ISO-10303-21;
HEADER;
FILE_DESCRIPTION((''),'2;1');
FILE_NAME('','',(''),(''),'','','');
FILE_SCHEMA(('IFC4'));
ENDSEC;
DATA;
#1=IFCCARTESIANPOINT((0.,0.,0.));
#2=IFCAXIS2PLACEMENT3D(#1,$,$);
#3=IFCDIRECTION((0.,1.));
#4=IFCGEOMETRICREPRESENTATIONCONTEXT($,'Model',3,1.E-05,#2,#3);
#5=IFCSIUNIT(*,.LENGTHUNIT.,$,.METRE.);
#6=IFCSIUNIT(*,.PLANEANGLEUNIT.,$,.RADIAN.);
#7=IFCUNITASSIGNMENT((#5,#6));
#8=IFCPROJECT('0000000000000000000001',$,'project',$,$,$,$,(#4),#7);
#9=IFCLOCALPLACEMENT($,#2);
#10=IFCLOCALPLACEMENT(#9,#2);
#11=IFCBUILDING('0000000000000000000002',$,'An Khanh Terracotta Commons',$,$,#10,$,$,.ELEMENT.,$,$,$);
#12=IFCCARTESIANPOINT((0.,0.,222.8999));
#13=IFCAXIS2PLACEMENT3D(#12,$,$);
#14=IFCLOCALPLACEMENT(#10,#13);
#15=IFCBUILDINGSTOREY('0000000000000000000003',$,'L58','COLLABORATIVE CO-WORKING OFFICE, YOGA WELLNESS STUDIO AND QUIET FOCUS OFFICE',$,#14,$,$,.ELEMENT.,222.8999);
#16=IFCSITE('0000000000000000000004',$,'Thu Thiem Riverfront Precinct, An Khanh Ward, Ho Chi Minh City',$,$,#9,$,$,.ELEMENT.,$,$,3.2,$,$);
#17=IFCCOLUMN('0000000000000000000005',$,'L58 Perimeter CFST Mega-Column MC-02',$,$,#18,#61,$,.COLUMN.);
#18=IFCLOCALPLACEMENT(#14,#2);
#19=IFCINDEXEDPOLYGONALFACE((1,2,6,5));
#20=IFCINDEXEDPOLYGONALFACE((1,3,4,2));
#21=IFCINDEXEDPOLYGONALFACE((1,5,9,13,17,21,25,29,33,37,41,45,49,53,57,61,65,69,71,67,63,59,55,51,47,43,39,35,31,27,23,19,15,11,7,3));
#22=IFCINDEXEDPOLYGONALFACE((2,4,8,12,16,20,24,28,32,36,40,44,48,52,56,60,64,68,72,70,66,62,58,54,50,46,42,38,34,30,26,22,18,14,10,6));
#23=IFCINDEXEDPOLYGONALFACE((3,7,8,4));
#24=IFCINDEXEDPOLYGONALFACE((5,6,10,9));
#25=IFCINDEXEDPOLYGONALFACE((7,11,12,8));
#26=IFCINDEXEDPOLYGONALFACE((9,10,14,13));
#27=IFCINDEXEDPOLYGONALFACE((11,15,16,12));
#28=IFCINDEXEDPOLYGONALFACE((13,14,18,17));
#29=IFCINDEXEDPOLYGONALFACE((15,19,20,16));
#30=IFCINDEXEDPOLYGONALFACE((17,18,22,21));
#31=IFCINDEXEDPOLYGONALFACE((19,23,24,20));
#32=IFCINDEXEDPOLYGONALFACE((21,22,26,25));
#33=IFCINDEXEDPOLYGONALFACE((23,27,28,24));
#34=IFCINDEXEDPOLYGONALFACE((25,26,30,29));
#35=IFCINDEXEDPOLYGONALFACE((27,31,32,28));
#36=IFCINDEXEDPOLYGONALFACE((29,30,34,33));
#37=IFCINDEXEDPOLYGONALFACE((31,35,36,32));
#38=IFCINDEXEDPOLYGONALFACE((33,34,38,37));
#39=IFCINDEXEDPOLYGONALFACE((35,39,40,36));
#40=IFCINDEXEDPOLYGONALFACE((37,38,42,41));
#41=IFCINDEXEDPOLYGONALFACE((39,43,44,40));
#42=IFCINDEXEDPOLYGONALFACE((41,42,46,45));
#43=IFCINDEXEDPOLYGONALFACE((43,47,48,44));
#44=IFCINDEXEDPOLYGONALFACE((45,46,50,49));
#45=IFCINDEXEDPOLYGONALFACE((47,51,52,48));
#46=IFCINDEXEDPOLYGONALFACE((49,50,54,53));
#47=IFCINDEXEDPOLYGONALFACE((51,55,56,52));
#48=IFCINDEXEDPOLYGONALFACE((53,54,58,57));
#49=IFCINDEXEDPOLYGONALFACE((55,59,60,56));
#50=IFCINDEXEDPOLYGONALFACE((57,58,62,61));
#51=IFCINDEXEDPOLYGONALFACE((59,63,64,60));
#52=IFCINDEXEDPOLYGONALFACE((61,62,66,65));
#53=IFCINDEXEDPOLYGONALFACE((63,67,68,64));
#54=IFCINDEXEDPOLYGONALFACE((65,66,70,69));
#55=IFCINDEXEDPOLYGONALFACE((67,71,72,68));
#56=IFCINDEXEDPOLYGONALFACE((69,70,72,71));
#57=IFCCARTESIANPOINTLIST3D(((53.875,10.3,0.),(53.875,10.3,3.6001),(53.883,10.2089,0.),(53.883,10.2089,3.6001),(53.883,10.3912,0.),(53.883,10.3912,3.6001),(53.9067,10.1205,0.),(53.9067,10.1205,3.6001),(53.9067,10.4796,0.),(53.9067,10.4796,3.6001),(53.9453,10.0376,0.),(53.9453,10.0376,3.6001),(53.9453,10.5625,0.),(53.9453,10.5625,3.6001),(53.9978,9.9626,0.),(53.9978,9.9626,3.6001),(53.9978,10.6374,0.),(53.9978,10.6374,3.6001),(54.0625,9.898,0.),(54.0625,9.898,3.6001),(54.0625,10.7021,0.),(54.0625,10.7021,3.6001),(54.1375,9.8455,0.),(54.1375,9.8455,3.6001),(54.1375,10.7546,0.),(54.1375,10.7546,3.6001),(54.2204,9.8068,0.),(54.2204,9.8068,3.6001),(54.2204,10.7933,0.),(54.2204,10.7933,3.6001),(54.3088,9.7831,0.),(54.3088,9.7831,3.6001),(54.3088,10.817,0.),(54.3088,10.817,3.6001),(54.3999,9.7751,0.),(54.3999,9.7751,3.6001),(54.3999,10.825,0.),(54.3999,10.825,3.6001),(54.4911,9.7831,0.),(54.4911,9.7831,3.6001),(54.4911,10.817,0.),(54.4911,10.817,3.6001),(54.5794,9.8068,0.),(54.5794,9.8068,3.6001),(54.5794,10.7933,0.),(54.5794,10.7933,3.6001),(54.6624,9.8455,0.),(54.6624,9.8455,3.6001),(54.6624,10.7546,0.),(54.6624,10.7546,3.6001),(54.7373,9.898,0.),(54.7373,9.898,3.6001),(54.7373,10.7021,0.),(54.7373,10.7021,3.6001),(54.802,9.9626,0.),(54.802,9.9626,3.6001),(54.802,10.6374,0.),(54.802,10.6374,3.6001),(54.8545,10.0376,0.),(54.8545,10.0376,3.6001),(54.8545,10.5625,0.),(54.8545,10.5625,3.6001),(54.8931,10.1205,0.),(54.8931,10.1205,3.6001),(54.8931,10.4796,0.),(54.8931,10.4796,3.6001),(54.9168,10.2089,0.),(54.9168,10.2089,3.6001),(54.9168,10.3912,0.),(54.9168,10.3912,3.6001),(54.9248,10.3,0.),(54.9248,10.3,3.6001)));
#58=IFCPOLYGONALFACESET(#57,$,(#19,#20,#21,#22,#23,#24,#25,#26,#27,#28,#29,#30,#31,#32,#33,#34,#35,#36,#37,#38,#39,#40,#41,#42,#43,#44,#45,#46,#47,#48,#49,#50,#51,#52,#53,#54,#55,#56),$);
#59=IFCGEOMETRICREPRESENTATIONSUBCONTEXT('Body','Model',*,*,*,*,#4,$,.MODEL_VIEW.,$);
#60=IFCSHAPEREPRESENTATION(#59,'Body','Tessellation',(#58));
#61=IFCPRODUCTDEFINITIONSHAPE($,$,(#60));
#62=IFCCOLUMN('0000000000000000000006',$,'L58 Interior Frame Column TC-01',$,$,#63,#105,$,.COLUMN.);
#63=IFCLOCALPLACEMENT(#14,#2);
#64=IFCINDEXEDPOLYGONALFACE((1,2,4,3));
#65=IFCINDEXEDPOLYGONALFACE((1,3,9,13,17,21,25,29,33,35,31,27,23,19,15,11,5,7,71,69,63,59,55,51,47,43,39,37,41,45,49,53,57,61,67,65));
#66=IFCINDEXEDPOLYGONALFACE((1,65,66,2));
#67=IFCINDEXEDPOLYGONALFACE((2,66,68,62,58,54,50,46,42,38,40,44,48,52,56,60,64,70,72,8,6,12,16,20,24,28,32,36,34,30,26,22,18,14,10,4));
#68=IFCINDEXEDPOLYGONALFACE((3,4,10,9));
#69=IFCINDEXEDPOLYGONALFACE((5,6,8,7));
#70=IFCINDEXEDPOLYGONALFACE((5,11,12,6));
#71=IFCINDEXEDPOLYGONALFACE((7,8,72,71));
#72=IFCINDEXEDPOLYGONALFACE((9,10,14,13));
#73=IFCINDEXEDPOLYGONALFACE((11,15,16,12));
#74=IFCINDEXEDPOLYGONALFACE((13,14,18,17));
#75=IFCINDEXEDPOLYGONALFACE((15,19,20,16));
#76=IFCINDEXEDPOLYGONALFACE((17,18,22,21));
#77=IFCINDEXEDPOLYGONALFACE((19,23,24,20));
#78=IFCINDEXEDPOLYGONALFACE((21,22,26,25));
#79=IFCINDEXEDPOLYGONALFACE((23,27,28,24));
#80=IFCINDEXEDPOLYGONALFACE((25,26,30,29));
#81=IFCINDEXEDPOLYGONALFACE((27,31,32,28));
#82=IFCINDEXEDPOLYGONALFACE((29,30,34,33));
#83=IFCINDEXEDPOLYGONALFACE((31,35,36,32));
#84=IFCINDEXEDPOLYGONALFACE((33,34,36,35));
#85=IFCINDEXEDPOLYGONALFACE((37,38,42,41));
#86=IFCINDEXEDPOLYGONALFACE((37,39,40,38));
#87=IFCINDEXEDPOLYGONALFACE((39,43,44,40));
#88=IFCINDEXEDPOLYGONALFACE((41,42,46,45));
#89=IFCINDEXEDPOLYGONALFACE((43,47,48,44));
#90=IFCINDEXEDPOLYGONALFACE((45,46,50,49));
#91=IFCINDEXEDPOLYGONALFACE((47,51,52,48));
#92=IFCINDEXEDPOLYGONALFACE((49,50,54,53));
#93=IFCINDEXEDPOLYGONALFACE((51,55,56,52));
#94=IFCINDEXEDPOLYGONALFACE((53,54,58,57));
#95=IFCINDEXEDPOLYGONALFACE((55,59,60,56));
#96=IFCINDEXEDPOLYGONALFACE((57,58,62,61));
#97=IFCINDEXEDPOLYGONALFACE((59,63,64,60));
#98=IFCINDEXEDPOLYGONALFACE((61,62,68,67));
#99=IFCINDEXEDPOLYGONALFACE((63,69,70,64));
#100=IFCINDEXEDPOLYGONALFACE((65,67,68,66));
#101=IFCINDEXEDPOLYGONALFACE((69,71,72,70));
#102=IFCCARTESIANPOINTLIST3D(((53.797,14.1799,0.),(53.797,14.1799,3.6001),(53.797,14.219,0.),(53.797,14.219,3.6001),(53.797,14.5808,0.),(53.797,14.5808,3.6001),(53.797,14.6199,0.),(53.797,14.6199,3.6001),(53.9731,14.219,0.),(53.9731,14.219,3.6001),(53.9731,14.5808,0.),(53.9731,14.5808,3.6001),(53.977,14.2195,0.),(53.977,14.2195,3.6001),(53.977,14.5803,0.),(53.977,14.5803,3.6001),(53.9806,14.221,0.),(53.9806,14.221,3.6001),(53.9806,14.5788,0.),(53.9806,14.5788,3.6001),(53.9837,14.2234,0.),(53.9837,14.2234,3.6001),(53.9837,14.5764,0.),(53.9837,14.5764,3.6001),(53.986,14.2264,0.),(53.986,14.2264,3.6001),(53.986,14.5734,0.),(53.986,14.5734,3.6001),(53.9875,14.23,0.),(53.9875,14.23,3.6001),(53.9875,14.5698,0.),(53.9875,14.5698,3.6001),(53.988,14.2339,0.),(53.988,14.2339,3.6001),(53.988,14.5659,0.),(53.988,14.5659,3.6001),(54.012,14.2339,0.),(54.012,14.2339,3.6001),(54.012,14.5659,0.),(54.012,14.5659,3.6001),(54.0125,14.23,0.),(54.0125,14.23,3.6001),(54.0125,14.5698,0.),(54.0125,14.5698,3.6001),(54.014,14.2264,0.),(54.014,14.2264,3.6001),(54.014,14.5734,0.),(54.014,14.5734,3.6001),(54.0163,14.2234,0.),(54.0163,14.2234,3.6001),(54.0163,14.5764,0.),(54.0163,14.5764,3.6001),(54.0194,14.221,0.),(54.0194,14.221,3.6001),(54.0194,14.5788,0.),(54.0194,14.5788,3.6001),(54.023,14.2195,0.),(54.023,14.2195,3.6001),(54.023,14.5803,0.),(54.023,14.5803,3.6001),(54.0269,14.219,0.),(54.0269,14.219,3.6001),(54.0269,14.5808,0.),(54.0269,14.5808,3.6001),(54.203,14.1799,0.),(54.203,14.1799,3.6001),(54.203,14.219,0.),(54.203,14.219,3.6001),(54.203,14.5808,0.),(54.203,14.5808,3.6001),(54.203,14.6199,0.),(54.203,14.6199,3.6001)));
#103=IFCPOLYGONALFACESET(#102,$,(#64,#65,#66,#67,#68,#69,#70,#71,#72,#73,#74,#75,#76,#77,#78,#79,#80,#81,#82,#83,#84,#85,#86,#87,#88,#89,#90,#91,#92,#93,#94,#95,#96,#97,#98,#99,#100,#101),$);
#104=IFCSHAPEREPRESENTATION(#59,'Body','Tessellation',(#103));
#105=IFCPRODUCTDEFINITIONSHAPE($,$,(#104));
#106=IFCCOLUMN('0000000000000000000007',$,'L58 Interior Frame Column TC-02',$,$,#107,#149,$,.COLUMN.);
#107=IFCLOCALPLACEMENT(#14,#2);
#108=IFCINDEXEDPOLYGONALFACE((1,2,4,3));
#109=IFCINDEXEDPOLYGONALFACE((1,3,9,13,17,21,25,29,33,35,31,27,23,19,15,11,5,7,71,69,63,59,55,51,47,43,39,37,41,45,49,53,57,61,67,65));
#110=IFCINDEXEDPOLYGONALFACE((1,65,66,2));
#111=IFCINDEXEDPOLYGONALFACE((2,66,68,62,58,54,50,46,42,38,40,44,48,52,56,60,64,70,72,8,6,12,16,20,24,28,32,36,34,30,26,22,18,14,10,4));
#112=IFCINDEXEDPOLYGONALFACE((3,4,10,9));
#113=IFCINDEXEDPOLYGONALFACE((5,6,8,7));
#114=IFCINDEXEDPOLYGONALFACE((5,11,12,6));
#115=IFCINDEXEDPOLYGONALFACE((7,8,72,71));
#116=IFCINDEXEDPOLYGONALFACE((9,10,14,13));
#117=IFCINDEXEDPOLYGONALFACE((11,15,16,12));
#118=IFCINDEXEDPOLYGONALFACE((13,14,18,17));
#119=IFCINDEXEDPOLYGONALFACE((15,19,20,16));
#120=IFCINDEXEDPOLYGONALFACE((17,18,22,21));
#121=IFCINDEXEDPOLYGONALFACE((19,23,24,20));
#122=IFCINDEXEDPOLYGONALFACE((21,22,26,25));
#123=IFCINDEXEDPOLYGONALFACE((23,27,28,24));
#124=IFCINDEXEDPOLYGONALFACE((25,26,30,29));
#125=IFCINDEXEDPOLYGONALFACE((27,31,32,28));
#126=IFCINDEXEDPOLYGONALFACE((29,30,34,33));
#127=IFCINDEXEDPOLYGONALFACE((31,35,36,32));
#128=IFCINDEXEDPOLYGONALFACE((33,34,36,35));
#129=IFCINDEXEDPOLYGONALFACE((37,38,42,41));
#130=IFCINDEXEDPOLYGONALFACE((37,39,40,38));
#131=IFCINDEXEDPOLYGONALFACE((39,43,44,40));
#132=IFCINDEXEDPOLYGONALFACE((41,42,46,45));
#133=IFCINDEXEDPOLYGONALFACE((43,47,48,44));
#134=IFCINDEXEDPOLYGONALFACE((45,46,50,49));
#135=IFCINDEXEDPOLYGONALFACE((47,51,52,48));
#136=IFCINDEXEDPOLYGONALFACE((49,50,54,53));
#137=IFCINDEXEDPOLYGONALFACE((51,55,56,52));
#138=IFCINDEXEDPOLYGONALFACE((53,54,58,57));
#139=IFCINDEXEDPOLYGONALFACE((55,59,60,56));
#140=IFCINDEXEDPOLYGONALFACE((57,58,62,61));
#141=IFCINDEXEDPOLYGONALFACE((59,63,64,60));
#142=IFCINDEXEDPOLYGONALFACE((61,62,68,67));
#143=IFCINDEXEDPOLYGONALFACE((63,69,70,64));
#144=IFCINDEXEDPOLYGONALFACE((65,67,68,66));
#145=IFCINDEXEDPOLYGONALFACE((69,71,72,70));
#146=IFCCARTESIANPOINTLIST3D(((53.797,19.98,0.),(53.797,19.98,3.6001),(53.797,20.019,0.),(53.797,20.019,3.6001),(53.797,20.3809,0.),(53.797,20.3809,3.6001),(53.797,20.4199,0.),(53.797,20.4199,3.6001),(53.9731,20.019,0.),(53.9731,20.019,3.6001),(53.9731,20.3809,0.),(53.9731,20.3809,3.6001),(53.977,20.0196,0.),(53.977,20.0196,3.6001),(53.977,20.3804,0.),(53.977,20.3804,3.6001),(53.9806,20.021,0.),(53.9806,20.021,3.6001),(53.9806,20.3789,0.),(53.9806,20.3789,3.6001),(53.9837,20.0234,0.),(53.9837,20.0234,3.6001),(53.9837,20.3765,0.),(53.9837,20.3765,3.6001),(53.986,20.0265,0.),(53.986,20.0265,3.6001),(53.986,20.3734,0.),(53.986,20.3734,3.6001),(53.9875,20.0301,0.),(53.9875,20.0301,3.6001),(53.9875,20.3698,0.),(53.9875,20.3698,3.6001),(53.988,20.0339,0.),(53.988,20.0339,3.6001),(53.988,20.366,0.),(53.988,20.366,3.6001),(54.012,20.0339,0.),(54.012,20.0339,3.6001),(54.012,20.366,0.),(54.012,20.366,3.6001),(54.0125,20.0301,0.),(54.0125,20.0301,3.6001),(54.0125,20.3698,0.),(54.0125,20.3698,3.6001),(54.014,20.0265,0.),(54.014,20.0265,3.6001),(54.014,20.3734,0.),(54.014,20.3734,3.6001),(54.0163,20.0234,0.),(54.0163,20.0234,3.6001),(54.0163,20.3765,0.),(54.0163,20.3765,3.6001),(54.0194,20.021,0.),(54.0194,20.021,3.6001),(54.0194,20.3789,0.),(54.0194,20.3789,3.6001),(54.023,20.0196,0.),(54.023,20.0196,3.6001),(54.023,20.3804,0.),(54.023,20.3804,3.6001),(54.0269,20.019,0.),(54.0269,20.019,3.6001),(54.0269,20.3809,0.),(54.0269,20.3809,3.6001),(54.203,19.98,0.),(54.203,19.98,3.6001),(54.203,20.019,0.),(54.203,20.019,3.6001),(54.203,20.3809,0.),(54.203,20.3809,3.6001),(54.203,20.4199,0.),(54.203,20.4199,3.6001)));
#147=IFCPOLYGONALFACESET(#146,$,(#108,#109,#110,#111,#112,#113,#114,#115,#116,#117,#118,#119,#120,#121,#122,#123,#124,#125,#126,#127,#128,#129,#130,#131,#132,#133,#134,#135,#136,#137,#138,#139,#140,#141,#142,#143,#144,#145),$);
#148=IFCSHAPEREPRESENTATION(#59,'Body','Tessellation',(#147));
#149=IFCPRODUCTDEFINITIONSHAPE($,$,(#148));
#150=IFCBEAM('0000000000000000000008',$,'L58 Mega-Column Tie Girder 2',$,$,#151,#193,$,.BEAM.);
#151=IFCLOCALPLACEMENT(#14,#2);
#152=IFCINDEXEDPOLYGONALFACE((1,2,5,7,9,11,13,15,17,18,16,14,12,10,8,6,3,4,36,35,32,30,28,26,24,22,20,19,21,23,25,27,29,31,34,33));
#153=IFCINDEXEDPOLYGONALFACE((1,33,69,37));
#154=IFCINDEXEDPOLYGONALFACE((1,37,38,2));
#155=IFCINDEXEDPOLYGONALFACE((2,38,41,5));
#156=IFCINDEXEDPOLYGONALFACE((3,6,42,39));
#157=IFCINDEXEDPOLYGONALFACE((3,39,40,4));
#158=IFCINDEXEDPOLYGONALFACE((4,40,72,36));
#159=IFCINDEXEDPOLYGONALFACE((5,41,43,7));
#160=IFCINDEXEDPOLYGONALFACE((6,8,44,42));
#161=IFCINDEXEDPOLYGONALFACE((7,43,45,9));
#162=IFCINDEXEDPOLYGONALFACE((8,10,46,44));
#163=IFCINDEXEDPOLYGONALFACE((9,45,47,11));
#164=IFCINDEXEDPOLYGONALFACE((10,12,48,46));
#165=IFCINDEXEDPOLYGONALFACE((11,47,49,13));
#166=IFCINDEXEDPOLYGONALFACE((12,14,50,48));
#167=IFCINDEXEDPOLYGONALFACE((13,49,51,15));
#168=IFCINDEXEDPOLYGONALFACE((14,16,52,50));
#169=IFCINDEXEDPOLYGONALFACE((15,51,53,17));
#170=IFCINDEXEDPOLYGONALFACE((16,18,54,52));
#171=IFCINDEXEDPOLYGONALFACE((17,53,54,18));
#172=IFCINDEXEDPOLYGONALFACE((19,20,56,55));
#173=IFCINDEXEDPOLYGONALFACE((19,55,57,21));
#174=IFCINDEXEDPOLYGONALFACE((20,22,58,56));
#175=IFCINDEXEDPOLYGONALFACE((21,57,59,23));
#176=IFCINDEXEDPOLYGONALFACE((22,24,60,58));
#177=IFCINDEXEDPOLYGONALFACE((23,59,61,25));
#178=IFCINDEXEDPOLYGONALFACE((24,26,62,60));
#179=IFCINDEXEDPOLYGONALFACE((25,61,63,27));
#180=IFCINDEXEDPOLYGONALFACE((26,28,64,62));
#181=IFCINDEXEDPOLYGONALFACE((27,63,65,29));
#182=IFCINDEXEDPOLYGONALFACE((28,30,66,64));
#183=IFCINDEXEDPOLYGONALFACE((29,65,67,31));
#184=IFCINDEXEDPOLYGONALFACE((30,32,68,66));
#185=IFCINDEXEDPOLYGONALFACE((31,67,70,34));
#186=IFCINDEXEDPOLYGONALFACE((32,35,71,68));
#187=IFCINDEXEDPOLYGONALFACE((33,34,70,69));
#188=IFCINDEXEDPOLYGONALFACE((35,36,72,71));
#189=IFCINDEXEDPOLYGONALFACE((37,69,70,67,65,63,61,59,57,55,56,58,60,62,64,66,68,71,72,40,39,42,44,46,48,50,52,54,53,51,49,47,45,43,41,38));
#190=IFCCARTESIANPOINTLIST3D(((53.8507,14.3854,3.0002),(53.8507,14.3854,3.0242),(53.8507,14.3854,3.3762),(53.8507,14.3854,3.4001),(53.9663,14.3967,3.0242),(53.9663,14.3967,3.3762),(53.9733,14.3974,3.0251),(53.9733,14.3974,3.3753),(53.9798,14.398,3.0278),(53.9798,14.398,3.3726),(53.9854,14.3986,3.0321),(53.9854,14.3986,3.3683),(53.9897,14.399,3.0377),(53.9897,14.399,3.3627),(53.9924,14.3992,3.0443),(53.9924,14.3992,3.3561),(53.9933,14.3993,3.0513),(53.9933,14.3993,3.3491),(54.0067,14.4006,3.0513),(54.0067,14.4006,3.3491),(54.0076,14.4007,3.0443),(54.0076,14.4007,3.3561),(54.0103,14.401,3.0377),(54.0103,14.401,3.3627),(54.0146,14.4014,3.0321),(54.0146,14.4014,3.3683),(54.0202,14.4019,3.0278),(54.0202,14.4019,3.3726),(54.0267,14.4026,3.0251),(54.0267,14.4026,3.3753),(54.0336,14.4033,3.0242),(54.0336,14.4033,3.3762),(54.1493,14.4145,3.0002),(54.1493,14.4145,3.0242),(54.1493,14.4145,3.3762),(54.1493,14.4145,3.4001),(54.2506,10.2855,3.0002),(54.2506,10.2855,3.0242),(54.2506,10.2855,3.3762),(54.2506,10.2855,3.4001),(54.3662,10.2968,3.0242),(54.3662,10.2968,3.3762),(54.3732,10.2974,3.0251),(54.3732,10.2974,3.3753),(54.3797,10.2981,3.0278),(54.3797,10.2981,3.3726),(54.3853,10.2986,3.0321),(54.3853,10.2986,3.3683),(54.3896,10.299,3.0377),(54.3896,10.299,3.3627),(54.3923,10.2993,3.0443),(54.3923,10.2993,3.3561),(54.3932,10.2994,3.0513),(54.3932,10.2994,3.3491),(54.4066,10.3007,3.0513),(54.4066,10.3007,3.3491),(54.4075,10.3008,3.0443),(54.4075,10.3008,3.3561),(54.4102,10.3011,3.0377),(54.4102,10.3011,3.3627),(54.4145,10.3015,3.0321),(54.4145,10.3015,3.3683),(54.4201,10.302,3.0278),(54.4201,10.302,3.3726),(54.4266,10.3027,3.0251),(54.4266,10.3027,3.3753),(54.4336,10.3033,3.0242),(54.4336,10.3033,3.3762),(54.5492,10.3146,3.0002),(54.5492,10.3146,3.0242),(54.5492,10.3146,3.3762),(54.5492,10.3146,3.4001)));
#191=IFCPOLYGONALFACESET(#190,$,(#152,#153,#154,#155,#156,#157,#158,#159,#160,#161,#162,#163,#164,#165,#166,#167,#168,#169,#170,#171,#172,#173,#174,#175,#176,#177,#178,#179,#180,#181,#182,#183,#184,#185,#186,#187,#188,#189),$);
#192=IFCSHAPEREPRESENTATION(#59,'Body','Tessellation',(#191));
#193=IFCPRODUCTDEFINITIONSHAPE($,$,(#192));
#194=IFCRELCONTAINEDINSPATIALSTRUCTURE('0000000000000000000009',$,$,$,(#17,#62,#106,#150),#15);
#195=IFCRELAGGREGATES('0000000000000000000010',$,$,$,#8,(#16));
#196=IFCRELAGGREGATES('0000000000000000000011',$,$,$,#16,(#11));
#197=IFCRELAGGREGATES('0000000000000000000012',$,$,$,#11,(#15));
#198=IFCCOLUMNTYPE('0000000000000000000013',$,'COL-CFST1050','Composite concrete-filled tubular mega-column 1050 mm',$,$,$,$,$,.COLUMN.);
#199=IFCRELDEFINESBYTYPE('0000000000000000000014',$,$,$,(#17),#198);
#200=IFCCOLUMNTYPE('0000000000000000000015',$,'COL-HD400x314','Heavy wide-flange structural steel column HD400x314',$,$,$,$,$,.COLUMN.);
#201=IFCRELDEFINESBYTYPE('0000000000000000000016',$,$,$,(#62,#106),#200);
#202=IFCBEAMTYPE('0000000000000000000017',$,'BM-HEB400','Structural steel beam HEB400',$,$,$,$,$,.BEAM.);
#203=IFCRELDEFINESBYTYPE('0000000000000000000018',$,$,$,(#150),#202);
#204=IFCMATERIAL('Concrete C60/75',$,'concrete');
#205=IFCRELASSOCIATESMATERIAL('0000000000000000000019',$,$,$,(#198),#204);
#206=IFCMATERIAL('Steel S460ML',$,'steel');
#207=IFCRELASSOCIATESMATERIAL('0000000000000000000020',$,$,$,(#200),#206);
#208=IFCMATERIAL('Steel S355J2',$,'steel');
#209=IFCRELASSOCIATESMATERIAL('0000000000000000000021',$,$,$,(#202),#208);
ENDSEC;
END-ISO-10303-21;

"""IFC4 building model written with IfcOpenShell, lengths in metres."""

from ifc_helpers import new_model, si_unit, direction, frame, origin, origin_2d, place, context, subcontext, project, spatial, circle, i_section, extrude, material, material_profile, profile_set, type_object, element, save


model = new_model("IFC4")

# Units and contexts
model_context = context("Model", 3, precision=1e-05, world=origin(), true_north=direction((0.0, 1.0)))
body_context = subcontext(model_context, "Body", "Model", "MODEL_VIEW")
ifc_project = project(units=[si_unit("LENGTHUNIT", "METRE"), si_unit("PLANEANGLEUNIT", "RADIAN")], contexts=[model_context])

# Site, building, storey
site_placement = place(None, origin())
site = spatial("IfcSite", under=ifc_project, at=site_placement, Name="Thu Thiem Riverfront Precinct, An Khanh Ward, Ho Chi Minh City", CompositionType="ELEMENT", RefElevation=3.2)
building_placement = place(site_placement, origin())
building = spatial("IfcBuilding", under=site, at=building_placement, Name="An Khanh Terracotta Commons", CompositionType="ELEMENT")
storey_placement = place(building_placement, frame((0.0, 0.0, 222.8999)))
storey = spatial("IfcBuildingStorey", under=building, at=storey_placement, Name="L58", Description="COLLABORATIVE CO-WORKING OFFICE, YOGA WELLNESS STUDIO AND QUIET FOCUS OFFICE", CompositionType="ELEMENT", Elevation=222.8999)

# Columns
ifc_material_1 = material(Name="Concrete C60/75", Category="concrete")
ifc_material_profile_1 = material_profile(ifc_material_1, circle(Radius=0.5249, at=origin_2d()), Name="CFST1050")
ifc_profile_set_1 = profile_set([ifc_material_profile_1], Name="Concrete C60/75")
column_type_1 = type_object("IfcColumnType", Name="COL-CFST1050", Description="Composite concrete-filled tubular mega-column 1050 mm", PredefinedType="COLUMN", material=ifc_profile_set_1)
column_placement = place(storey_placement, frame((54.3999, 10.3, 0.0), z_axis=(0.0, 0.0, 1.0), x_axis=(1.0, 0.0, 0.0)))
element("IfcColumn", 1, at=column_placement, inside=storey, type_object=column_type_1, Name="L58 Perimeter CFST Mega-Column MC-02", PredefinedType="COLUMN", context=body_context, shape_type="SweptSolid", body=[
    extrude(circle(Radius=0.5249, at=origin_2d()), origin(), (0.0, 0.0, 1.0), 3.6001),
])
ifc_material_2 = material(Name="Steel S460ML", Category="steel")
ifc_material_profile_2 = material_profile(ifc_material_2, i_section(OverallWidth=0.406, OverallDepth=0.4399, WebThickness=0.0239, FlangeThickness=0.0391, FilletRadius=0.0149, at=origin_2d()), Name="HD400x314")
ifc_profile_set_2 = profile_set([ifc_material_profile_2], Name="Steel S460ML")
column_type_2 = type_object("IfcColumnType", Name="COL-HD400x314", Description="Heavy wide-flange structural steel column HD400x314", PredefinedType="COLUMN", material=ifc_profile_set_2)
for number, where, z_axis, x_axis, name in (
    (2, (54.0, 14.3999, 0.0), (0.0, 0.0, 1.0), (1.0, 0.0, 0.0), "L58 Interior Frame Column TC-01"),
    (3, (54.0, 20.2, 0.0), (0.0, 0.0, 1.0), (1.0, 0.0, 0.0), "L58 Interior Frame Column TC-02"),
):
    element("IfcColumn", number, at=place(storey_placement, frame(where, z_axis=z_axis, x_axis=x_axis)), inside=storey, type_object=column_type_2, Name=name, PredefinedType="COLUMN", context=body_context, shape_type="SweptSolid", body=[
        extrude(i_section(OverallWidth=0.406, OverallDepth=0.4399, WebThickness=0.0239, FlangeThickness=0.0391, FilletRadius=0.0149, at=origin_2d()), origin(), (0.0, 0.0, 1.0), 3.6001),
    ])

# Beam
ifc_material_3 = material(Name="Steel S355J2", Category="steel")
ifc_material_profile_3 = material_profile(ifc_material_3, i_section(OverallWidth=0.3, OverallDepth=0.3999, WebThickness=0.0134, FlangeThickness=0.0239, FilletRadius=0.0271, at=origin_2d()), Name="HEB400")
ifc_profile_set_3 = profile_set([ifc_material_profile_3], Name="Steel S355J2")
beam_type_1 = type_object("IfcBeamType", Name="BM-HEB400", Description="Structural steel beam HEB400", PredefinedType="BEAM", material=ifc_profile_set_3)
beam_1_placement = place(storey_placement, frame((54.3999, 10.3, 3.2002), z_axis=(-0.09708, 0.995277, 0.0), x_axis=(-0.995277, -0.09708, 0.0)))
element("IfcBeam", 4, at=beam_1_placement, inside=storey, type_object=beam_type_1, Name="L58 Mega-Column Tie Girder 2", PredefinedType="BEAM", context=body_context, shape_type="SweptSolid", body=[
    extrude(i_section(OverallWidth=0.3, OverallDepth=0.3999, WebThickness=0.0134, FlangeThickness=0.0239, FilletRadius=0.0271, at=origin_2d()), origin(), (0.0, 0.0, 1.0), 4.1194),
])

save(model, "model.ifc")
